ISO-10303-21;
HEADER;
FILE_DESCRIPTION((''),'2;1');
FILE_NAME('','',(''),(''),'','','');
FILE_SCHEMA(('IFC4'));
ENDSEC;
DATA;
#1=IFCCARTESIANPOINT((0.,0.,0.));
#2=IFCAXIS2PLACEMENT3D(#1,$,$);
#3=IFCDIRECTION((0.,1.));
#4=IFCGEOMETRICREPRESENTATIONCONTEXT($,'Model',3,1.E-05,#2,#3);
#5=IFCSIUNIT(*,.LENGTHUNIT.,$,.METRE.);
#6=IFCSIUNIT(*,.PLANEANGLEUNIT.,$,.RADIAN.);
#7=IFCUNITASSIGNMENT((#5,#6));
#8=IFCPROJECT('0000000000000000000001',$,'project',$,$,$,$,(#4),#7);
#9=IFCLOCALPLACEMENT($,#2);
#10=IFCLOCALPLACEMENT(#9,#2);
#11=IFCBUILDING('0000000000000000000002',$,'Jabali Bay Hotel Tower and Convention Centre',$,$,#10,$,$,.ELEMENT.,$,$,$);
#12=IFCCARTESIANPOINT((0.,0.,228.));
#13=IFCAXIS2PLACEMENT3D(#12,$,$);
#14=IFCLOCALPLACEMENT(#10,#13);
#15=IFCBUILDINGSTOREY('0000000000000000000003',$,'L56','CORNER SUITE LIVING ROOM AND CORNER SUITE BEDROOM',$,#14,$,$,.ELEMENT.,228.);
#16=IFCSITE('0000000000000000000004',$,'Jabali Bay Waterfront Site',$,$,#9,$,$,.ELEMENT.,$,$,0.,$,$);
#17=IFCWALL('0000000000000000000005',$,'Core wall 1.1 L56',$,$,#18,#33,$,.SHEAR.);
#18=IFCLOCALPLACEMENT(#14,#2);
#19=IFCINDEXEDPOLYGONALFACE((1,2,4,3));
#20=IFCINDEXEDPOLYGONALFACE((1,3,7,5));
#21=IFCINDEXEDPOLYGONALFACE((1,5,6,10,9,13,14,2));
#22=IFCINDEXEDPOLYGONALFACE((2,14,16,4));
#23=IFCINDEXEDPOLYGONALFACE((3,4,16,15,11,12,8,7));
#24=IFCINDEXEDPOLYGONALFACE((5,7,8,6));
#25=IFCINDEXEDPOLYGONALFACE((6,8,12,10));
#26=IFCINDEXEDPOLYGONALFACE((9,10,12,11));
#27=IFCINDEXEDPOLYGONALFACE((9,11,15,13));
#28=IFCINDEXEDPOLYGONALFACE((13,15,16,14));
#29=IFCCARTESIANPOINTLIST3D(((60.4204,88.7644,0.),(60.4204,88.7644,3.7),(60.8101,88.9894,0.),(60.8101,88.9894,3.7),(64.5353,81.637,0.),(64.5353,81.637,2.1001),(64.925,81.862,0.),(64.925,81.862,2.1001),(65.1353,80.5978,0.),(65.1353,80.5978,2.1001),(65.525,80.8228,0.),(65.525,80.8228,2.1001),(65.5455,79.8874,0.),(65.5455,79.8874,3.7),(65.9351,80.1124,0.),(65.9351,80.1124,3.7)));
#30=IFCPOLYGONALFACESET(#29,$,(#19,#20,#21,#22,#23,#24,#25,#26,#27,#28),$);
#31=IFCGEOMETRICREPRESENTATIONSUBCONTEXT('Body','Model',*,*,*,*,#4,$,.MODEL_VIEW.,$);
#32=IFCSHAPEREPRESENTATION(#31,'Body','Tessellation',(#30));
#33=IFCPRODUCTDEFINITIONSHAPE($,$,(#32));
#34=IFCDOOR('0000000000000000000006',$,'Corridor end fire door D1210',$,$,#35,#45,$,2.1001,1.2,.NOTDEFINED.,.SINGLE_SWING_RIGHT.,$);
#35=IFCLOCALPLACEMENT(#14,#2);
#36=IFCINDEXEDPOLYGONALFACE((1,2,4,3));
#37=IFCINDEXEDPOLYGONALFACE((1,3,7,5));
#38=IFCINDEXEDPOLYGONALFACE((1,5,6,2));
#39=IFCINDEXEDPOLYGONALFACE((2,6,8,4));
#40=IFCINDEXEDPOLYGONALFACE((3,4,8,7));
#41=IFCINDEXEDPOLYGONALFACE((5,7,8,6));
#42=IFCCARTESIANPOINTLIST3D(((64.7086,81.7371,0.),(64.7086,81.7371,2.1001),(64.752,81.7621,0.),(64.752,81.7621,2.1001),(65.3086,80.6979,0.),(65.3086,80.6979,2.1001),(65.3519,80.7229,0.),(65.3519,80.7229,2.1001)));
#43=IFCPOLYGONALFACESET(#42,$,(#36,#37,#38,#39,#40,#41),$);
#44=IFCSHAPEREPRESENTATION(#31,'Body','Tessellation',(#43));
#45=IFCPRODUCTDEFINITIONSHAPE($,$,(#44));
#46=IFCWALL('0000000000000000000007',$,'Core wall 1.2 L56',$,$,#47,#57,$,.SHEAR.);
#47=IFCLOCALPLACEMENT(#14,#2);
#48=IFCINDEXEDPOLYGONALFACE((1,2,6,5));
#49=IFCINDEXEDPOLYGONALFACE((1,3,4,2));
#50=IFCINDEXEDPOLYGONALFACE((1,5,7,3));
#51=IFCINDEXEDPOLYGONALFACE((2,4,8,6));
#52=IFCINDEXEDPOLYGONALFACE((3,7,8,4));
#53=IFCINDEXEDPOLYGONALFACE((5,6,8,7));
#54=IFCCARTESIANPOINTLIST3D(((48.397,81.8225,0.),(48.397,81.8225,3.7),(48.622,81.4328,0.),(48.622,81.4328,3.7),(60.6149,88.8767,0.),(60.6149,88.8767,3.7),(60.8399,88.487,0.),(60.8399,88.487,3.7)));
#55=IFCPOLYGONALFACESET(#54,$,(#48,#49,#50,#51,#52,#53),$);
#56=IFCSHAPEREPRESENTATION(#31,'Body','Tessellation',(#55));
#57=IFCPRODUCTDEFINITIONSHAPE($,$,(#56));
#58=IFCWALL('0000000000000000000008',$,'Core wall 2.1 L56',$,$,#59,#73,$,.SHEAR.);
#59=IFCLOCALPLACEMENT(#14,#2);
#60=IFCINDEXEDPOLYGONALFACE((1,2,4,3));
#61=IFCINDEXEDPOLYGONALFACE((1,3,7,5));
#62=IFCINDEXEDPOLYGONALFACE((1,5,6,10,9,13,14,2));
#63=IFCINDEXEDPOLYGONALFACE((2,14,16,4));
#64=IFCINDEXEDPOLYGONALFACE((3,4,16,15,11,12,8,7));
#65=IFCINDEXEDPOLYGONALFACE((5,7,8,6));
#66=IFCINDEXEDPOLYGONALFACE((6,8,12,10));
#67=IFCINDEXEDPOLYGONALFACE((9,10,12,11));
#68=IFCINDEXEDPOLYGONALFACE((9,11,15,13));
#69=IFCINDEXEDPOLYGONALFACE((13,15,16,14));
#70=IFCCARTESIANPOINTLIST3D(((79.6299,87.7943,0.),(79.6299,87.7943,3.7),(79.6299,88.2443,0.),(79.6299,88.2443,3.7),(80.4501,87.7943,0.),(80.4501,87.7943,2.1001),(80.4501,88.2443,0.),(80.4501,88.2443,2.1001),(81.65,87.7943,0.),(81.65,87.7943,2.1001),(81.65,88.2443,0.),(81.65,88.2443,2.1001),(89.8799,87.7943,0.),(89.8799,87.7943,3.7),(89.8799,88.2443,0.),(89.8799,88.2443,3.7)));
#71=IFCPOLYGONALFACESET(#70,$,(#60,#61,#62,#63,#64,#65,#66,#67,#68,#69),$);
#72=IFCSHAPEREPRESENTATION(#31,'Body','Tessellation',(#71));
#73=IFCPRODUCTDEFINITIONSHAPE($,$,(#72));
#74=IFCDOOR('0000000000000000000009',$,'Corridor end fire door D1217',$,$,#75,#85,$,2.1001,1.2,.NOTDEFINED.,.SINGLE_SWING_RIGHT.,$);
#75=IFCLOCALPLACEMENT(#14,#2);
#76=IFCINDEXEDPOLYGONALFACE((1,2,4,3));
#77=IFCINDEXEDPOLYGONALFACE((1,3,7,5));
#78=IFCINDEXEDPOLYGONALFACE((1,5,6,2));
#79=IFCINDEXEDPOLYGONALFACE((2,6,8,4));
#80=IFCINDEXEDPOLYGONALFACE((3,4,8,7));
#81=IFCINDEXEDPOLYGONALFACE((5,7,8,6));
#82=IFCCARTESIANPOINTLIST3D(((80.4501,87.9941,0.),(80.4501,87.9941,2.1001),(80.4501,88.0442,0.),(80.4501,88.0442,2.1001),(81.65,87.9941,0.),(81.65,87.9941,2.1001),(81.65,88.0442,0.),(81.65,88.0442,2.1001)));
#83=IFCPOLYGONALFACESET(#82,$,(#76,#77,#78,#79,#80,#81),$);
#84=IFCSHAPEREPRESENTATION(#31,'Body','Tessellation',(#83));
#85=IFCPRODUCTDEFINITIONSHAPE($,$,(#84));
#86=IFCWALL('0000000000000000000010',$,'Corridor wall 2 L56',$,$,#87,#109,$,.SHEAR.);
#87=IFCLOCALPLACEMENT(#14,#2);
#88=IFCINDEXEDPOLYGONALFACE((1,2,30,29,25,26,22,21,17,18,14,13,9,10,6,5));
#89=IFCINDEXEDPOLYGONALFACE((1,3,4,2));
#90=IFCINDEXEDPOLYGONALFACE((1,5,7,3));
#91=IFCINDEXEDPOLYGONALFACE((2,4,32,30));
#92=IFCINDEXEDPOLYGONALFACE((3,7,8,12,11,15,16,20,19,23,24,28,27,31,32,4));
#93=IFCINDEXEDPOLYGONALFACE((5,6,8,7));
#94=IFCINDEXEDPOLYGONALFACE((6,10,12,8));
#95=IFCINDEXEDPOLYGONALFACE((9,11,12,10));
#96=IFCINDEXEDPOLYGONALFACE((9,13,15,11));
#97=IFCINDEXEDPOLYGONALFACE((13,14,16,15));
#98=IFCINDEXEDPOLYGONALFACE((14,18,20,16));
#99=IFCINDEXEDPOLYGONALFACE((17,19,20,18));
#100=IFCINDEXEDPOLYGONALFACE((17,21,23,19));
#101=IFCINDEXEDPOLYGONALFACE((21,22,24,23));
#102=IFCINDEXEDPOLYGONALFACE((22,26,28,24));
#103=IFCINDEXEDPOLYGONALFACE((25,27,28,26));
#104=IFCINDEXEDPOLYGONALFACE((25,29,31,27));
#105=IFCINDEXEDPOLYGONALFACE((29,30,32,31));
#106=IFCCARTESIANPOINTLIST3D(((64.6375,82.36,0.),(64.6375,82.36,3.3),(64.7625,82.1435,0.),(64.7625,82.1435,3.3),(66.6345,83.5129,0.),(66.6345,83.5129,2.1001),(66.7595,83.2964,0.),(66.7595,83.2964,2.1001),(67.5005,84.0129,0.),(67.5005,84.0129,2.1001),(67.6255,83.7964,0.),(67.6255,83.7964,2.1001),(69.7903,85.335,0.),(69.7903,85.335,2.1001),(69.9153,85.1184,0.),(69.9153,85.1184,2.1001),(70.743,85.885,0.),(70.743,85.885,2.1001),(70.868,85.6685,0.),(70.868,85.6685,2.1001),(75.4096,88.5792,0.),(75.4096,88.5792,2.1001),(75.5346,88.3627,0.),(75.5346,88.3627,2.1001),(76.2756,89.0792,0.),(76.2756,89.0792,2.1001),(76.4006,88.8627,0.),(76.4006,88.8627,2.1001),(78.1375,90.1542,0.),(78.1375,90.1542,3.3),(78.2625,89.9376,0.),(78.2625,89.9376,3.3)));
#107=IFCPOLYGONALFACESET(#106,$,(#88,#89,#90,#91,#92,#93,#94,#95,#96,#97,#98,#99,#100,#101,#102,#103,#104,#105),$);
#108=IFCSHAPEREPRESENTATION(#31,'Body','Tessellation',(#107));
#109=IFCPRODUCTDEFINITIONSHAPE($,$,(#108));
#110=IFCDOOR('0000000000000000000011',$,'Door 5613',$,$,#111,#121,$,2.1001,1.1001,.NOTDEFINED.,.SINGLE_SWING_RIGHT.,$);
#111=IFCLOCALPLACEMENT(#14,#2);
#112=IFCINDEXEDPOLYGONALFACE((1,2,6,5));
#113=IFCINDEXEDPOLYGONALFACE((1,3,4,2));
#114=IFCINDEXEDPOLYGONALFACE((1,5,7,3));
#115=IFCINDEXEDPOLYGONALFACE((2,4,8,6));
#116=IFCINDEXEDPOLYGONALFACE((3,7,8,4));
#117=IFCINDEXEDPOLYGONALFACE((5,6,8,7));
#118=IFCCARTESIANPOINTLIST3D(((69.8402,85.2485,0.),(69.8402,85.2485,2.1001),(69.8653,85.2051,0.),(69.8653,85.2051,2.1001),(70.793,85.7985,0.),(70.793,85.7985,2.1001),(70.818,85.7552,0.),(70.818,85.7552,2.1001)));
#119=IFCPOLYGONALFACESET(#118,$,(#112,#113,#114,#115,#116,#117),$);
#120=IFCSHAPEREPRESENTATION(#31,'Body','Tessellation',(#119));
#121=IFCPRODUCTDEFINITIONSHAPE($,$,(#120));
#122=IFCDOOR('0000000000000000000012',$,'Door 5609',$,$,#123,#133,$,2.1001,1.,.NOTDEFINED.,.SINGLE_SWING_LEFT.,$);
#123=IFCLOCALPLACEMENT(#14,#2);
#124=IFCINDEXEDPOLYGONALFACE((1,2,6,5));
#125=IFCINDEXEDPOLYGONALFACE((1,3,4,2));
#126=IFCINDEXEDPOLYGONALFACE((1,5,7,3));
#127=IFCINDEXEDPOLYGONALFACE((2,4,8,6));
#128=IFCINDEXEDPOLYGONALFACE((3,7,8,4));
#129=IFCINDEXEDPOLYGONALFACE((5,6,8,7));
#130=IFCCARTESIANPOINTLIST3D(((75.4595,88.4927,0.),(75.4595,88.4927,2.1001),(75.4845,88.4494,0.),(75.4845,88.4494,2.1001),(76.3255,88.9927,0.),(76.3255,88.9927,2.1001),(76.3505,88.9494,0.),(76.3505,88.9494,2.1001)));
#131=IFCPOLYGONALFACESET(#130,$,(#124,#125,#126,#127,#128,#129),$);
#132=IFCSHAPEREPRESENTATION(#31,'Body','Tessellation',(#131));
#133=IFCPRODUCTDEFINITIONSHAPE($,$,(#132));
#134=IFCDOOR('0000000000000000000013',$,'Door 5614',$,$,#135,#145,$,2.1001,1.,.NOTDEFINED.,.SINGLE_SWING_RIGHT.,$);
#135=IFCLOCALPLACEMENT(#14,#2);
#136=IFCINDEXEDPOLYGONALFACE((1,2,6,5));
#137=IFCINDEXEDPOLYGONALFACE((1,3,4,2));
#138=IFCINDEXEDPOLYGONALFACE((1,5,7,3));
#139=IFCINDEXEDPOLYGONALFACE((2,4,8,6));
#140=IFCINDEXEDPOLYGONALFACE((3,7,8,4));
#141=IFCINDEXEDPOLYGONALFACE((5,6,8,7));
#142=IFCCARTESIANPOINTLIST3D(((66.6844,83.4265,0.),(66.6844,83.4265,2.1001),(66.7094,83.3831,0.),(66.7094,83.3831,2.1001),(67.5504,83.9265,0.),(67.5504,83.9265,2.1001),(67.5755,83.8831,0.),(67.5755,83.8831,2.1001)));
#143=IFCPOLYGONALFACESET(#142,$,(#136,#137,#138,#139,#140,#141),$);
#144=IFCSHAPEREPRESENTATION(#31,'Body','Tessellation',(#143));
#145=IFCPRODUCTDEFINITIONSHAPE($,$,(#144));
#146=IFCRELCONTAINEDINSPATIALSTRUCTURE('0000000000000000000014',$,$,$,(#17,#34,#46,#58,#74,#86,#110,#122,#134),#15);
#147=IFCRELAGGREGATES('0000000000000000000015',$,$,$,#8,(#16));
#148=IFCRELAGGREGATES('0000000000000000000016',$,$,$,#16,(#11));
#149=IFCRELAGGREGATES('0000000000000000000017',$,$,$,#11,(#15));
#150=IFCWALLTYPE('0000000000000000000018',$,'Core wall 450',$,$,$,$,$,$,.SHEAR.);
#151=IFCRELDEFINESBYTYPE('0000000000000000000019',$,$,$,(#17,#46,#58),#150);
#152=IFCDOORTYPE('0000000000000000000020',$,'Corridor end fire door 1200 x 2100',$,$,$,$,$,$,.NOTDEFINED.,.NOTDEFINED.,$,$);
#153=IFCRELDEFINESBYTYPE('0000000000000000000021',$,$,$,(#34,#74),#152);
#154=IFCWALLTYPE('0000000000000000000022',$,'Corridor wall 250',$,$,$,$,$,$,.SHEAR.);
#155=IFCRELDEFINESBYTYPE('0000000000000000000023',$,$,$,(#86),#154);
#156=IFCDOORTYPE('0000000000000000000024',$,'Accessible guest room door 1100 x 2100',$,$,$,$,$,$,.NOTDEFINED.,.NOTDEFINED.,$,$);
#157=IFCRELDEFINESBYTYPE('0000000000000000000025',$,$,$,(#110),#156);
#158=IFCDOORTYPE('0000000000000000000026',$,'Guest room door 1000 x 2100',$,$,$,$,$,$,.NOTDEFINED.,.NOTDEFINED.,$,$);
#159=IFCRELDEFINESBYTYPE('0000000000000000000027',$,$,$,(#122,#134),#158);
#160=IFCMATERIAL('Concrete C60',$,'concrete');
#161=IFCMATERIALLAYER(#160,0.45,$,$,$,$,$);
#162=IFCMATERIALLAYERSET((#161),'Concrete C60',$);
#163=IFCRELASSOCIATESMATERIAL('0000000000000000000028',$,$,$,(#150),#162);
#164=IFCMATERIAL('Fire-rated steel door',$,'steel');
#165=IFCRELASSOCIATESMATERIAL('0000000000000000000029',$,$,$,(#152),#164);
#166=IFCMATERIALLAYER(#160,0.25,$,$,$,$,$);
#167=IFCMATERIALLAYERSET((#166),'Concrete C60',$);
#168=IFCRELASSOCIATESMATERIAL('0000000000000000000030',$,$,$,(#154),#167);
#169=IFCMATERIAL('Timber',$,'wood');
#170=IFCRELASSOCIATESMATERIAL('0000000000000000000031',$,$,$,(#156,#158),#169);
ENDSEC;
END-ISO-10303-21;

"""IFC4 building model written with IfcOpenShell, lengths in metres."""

from ifc_helpers import new_model, si_unit, direction, frame, frame_2d, origin, place, context, subcontext, project, spatial, rectangle, extrude, material, layer, layer_set, type_object, element, fill, save


model = new_model("IFC4")

# Units and contexts
model_context = context("Model", 3, precision=1e-05, world=origin(), true_north=direction((0.0, 1.0)))
body_context = subcontext(model_context, "Body", "Model", "MODEL_VIEW")
ifc_project = project(units=[si_unit("LENGTHUNIT", "METRE"), si_unit("PLANEANGLEUNIT", "RADIAN")], contexts=[model_context])

# Site, building, storey
site_placement = place(None, origin())
site = spatial("IfcSite", under=ifc_project, at=site_placement, Name="Jabali Bay Waterfront Site", CompositionType="ELEMENT", RefElevation=0.0)
building_placement = place(site_placement, origin())
building = spatial("IfcBuilding", under=site, at=building_placement, Name="Jabali Bay Hotel Tower and Convention Centre", CompositionType="ELEMENT")
storey_placement = place(building_placement, frame((0.0, 0.0, 228.0)))
storey = spatial("IfcBuildingStorey", under=building, at=storey_placement, Name="L56", Description="CORNER SUITE LIVING ROOM AND CORNER SUITE BEDROOM", CompositionType="ELEMENT", Elevation=228.0)

# Shared definitions
ifc_material_1 = material(Name="Fire-rated steel door", Category="steel")

# Wall, opening, door
ifc_material_2 = material(Name="Concrete C60", Category="concrete")
ifc_layer_1 = layer(ifc_material_2, 0.45)
ifc_layer_set_1 = layer_set([ifc_layer_1], Name="Concrete C60")
wall_type_1 = type_object("IfcWallType", Name="Core wall 450", PredefinedType="SHEAR", material=ifc_layer_set_1)
wall_1_placement = place(storey_placement, frame((65.7402, 80.0, 0.0), z_axis=(0.0, 0.0, 1.0), x_axis=(-0.499992, 0.86603, 0.0)))
wall_1 = element("IfcWall", 1, at=wall_1_placement, inside=storey, type_object=wall_type_1, Name="Core wall 1.1 L56", PredefinedType="SHEAR", context=body_context, shape_type="SweptSolid", body=[
    extrude(rectangle(XDim=10.2502, YDim=0.45, at=frame_2d((5.125, 0.0))), origin(), (0.0, 0.0, 1.0), 3.7),
])
opening_1_placement = place(wall_1_placement, frame((0.8201, 0.0, 0.0)))
opening_1 = element("IfcOpeningElement", 2, at=opening_1_placement, cuts=wall_1, PredefinedType="OPENING", context=body_context, shape_type="SweptSolid", body=[
    extrude(rectangle(XDim=1.2, YDim=2.1001, at=frame_2d((0.6001, 1.05))), frame((0.0, 0.2354, 0.0), z_axis=(0.0, -1.0, 0.0), x_axis=(1.0, 0.0, 0.0)), (0.0, 0.0, 1.0), 0.4709),
])
door_type_1 = type_object("IfcDoorType", Name="Corridor end fire door 1200 x 2100", OperationType="NOTDEFINED", PredefinedType="NOTDEFINED", material=ifc_material_1)
door_1_placement = place(opening_1_placement, origin())
door_1 = element("IfcDoor", 3, at=door_1_placement, inside=storey, type_object=door_type_1, Name="Corridor end fire door D1210", OperationType="SINGLE_SWING_RIGHT", OverallHeight=2.1001, OverallWidth=1.2, PredefinedType="NOTDEFINED", context=body_context, shape_type="SweptSolid", body=[
    extrude(rectangle(XDim=1.2, YDim=2.1001, at=frame_2d((0.6001, 1.05))), frame((0.0, 0.0249, 0.0), z_axis=(0.0, -1.0, 0.0), x_axis=(1.0, 0.0, 0.0)), (0.0, 0.0, 1.0), 0.05),
])
fill(opening_1, door_1)

# Wall
wall_2_placement = place(storey_placement, frame((60.7275, 88.6819, 0.0), z_axis=(0.0, 0.0, 1.0), x_axis=(-0.866022, -0.500007, 0.0)))
element("IfcWall", 4, at=wall_2_placement, inside=storey, type_object=wall_type_1, Name="Core wall 1.2 L56", PredefinedType="SHEAR", context=body_context, shape_type="SweptSolid", body=[
    extrude(rectangle(XDim=14.1082, YDim=0.45, at=frame_2d((7.0542, 0.0))), origin(), (0.0, 0.0, 1.0), 3.7),
])

# Wall, opening, door
wall_3_placement = place(storey_placement, frame((79.6299, 88.0193, 0.0), z_axis=(0.0, 0.0, 1.0), x_axis=(1.0, 0.0, 0.0)))
wall_3 = element("IfcWall", 5, at=wall_3_placement, inside=storey, type_object=wall_type_1, Name="Core wall 2.1 L56", PredefinedType="SHEAR", context=body_context, shape_type="SweptSolid", body=[
    extrude(rectangle(XDim=10.25, YDim=0.45, at=frame_2d((5.125, 0.0))), origin(), (0.0, 0.0, 1.0), 3.7),
])
opening_2_placement = place(wall_3_placement, frame((0.8201, 0.0, 0.0)))
opening_2 = element("IfcOpeningElement", 6, at=opening_2_placement, cuts=wall_3, PredefinedType="OPENING", context=body_context, shape_type="SweptSolid", body=[
    extrude(rectangle(XDim=1.2, YDim=2.1001, at=frame_2d((0.6001, 1.05))), frame((0.0, 0.2354, 0.0), z_axis=(0.0, -1.0, 0.0), x_axis=(1.0, 0.0, 0.0)), (0.0, 0.0, 1.0), 0.4709),
])
door_2_placement = place(opening_2_placement, origin())
door_2 = element("IfcDoor", 7, at=door_2_placement, inside=storey, type_object=door_type_1, Name="Corridor end fire door D1217", OperationType="SINGLE_SWING_RIGHT", OverallHeight=2.1001, OverallWidth=1.2, PredefinedType="NOTDEFINED", context=body_context, shape_type="SweptSolid", body=[
    extrude(rectangle(XDim=1.2, YDim=2.1001, at=frame_2d((0.6001, 1.05))), frame((0.0, 0.0249, 0.0), z_axis=(0.0, -1.0, 0.0), x_axis=(1.0, 0.0, 0.0)), (0.0, 0.0, 1.0), 0.05),
])
fill(opening_2, door_2)

# Wall, openings, doors
ifc_layer_2 = layer(ifc_material_2, 0.25)
ifc_layer_set_2 = layer_set([ifc_layer_2], Name="Concrete C60")
wall_type_2 = type_object("IfcWallType", Name="Corridor wall 250", PredefinedType="SHEAR", material=ifc_layer_set_2)
wall_4_placement = place(storey_placement, frame((78.2, 90.0459, 0.0), z_axis=(0.0, 0.0, 1.0), x_axis=(-0.866026, -0.499998, 0.0)))
wall_4 = element("IfcWall", 8, at=wall_4_placement, inside=storey, type_object=wall_type_2, Name="Corridor wall 2 L56", PredefinedType="SHEAR", context=body_context, shape_type="SweptSolid", body=[
    extrude(rectangle(XDim=15.5884, YDim=0.25, at=frame_2d((7.7942, 0.0))), origin(), (0.0, 0.0, 1.0), 3.3),
])
opening_3_placement = place(wall_4_placement, frame((2.1499, 0.0, 0.0)))
opening_3 = element("IfcOpeningElement", 9, at=opening_3_placement, cuts=wall_4, PredefinedType="OPENING", context=body_context, shape_type="SweptSolid", body=[
    extrude(rectangle(XDim=1.0, YDim=2.1001, at=frame_2d((0.5, 1.05))), frame((0.0, 0.1355, 0.0), z_axis=(0.0, -1.0, 0.0), x_axis=(1.0, 0.0, 0.0)), (0.0, 0.0, 1.0), 0.271),
])
opening_4_placement = place(wall_4_placement, frame((8.5383, 0.0, 0.0)))
opening_4 = element("IfcOpeningElement", 10, at=opening_4_placement, cuts=wall_4, PredefinedType="OPENING", context=body_context, shape_type="SweptSolid", body=[
    extrude(rectangle(XDim=1.1001, YDim=2.1001, at=frame_2d((0.55, 1.05))), frame((0.0, 0.1355, 0.0), z_axis=(0.0, -1.0, 0.0), x_axis=(1.0, 0.0, 0.0)), (0.0, 0.0, 1.0), 0.271),
])
opening_5_placement = place(wall_4_placement, frame((12.2825, 0.0, 0.0)))
opening_5 = element("IfcOpeningElement", 11, at=opening_5_placement, cuts=wall_4, PredefinedType="OPENING", context=body_context, shape_type="SweptSolid", body=[
    extrude(rectangle(XDim=1.0, YDim=2.1001, at=frame_2d((0.5, 1.05))), frame((0.0, 0.1355, 0.0), z_axis=(0.0, -1.0, 0.0), x_axis=(1.0, 0.0, 0.0)), (0.0, 0.0, 1.0), 0.271),
])
ifc_material_3 = material(Name="Timber", Category="wood")
door_type_2 = type_object("IfcDoorType", Name="Accessible guest room door 1100 x 2100", OperationType="NOTDEFINED", PredefinedType="NOTDEFINED", material=ifc_material_3)
door_3_placement = place(opening_4_placement, origin())
door_3 = element("IfcDoor", 12, at=door_3_placement, inside=storey, type_object=door_type_2, Name="Door 5613", OperationType="SINGLE_SWING_RIGHT", OverallHeight=2.1001, OverallWidth=1.1001, PredefinedType="NOTDEFINED", context=body_context, shape_type="SweptSolid", body=[
    extrude(rectangle(XDim=1.1001, YDim=2.1001, at=frame_2d((0.55, 1.05))), frame((0.0, 0.0249, 0.0), z_axis=(0.0, -1.0, 0.0), x_axis=(1.0, 0.0, 0.0)), (0.0, 0.0, 1.0), 0.05),
])
fill(opening_4, door_3)
door_type_3 = type_object("IfcDoorType", Name="Guest room door 1000 x 2100", OperationType="NOTDEFINED", PredefinedType="NOTDEFINED", material=ifc_material_3)
door_4_placement = place(opening_3_placement, origin())
door_4 = element("IfcDoor", 13, at=door_4_placement, inside=storey, type_object=door_type_3, Name="Door 5609", OperationType="SINGLE_SWING_LEFT", OverallHeight=2.1001, OverallWidth=1.0, PredefinedType="NOTDEFINED", context=body_context, shape_type="SweptSolid", body=[
    extrude(rectangle(XDim=1.0, YDim=2.1001, at=frame_2d((0.5, 1.05))), frame((0.0, 0.0249, 0.0), z_axis=(0.0, -1.0, 0.0), x_axis=(1.0, 0.0, 0.0)), (0.0, 0.0, 1.0), 0.05),
])
fill(opening_3, door_4)
door_5_placement = place(opening_5_placement, origin())
door_5 = element("IfcDoor", 14, at=door_5_placement, inside=storey, type_object=door_type_3, Name="Door 5614", OperationType="SINGLE_SWING_RIGHT", OverallHeight=2.1001, OverallWidth=1.0, PredefinedType="NOTDEFINED", context=body_context, shape_type="SweptSolid", body=[
    extrude(rectangle(XDim=1.0, YDim=2.1001, at=frame_2d((0.5, 1.05))), frame((0.0, 0.0249, 0.0), z_axis=(0.0, -1.0, 0.0), x_axis=(1.0, 0.0, 0.0)), (0.0, 0.0, 1.0), 0.05),
])
fill(opening_5, door_5)

save(model, "model.ifc")
